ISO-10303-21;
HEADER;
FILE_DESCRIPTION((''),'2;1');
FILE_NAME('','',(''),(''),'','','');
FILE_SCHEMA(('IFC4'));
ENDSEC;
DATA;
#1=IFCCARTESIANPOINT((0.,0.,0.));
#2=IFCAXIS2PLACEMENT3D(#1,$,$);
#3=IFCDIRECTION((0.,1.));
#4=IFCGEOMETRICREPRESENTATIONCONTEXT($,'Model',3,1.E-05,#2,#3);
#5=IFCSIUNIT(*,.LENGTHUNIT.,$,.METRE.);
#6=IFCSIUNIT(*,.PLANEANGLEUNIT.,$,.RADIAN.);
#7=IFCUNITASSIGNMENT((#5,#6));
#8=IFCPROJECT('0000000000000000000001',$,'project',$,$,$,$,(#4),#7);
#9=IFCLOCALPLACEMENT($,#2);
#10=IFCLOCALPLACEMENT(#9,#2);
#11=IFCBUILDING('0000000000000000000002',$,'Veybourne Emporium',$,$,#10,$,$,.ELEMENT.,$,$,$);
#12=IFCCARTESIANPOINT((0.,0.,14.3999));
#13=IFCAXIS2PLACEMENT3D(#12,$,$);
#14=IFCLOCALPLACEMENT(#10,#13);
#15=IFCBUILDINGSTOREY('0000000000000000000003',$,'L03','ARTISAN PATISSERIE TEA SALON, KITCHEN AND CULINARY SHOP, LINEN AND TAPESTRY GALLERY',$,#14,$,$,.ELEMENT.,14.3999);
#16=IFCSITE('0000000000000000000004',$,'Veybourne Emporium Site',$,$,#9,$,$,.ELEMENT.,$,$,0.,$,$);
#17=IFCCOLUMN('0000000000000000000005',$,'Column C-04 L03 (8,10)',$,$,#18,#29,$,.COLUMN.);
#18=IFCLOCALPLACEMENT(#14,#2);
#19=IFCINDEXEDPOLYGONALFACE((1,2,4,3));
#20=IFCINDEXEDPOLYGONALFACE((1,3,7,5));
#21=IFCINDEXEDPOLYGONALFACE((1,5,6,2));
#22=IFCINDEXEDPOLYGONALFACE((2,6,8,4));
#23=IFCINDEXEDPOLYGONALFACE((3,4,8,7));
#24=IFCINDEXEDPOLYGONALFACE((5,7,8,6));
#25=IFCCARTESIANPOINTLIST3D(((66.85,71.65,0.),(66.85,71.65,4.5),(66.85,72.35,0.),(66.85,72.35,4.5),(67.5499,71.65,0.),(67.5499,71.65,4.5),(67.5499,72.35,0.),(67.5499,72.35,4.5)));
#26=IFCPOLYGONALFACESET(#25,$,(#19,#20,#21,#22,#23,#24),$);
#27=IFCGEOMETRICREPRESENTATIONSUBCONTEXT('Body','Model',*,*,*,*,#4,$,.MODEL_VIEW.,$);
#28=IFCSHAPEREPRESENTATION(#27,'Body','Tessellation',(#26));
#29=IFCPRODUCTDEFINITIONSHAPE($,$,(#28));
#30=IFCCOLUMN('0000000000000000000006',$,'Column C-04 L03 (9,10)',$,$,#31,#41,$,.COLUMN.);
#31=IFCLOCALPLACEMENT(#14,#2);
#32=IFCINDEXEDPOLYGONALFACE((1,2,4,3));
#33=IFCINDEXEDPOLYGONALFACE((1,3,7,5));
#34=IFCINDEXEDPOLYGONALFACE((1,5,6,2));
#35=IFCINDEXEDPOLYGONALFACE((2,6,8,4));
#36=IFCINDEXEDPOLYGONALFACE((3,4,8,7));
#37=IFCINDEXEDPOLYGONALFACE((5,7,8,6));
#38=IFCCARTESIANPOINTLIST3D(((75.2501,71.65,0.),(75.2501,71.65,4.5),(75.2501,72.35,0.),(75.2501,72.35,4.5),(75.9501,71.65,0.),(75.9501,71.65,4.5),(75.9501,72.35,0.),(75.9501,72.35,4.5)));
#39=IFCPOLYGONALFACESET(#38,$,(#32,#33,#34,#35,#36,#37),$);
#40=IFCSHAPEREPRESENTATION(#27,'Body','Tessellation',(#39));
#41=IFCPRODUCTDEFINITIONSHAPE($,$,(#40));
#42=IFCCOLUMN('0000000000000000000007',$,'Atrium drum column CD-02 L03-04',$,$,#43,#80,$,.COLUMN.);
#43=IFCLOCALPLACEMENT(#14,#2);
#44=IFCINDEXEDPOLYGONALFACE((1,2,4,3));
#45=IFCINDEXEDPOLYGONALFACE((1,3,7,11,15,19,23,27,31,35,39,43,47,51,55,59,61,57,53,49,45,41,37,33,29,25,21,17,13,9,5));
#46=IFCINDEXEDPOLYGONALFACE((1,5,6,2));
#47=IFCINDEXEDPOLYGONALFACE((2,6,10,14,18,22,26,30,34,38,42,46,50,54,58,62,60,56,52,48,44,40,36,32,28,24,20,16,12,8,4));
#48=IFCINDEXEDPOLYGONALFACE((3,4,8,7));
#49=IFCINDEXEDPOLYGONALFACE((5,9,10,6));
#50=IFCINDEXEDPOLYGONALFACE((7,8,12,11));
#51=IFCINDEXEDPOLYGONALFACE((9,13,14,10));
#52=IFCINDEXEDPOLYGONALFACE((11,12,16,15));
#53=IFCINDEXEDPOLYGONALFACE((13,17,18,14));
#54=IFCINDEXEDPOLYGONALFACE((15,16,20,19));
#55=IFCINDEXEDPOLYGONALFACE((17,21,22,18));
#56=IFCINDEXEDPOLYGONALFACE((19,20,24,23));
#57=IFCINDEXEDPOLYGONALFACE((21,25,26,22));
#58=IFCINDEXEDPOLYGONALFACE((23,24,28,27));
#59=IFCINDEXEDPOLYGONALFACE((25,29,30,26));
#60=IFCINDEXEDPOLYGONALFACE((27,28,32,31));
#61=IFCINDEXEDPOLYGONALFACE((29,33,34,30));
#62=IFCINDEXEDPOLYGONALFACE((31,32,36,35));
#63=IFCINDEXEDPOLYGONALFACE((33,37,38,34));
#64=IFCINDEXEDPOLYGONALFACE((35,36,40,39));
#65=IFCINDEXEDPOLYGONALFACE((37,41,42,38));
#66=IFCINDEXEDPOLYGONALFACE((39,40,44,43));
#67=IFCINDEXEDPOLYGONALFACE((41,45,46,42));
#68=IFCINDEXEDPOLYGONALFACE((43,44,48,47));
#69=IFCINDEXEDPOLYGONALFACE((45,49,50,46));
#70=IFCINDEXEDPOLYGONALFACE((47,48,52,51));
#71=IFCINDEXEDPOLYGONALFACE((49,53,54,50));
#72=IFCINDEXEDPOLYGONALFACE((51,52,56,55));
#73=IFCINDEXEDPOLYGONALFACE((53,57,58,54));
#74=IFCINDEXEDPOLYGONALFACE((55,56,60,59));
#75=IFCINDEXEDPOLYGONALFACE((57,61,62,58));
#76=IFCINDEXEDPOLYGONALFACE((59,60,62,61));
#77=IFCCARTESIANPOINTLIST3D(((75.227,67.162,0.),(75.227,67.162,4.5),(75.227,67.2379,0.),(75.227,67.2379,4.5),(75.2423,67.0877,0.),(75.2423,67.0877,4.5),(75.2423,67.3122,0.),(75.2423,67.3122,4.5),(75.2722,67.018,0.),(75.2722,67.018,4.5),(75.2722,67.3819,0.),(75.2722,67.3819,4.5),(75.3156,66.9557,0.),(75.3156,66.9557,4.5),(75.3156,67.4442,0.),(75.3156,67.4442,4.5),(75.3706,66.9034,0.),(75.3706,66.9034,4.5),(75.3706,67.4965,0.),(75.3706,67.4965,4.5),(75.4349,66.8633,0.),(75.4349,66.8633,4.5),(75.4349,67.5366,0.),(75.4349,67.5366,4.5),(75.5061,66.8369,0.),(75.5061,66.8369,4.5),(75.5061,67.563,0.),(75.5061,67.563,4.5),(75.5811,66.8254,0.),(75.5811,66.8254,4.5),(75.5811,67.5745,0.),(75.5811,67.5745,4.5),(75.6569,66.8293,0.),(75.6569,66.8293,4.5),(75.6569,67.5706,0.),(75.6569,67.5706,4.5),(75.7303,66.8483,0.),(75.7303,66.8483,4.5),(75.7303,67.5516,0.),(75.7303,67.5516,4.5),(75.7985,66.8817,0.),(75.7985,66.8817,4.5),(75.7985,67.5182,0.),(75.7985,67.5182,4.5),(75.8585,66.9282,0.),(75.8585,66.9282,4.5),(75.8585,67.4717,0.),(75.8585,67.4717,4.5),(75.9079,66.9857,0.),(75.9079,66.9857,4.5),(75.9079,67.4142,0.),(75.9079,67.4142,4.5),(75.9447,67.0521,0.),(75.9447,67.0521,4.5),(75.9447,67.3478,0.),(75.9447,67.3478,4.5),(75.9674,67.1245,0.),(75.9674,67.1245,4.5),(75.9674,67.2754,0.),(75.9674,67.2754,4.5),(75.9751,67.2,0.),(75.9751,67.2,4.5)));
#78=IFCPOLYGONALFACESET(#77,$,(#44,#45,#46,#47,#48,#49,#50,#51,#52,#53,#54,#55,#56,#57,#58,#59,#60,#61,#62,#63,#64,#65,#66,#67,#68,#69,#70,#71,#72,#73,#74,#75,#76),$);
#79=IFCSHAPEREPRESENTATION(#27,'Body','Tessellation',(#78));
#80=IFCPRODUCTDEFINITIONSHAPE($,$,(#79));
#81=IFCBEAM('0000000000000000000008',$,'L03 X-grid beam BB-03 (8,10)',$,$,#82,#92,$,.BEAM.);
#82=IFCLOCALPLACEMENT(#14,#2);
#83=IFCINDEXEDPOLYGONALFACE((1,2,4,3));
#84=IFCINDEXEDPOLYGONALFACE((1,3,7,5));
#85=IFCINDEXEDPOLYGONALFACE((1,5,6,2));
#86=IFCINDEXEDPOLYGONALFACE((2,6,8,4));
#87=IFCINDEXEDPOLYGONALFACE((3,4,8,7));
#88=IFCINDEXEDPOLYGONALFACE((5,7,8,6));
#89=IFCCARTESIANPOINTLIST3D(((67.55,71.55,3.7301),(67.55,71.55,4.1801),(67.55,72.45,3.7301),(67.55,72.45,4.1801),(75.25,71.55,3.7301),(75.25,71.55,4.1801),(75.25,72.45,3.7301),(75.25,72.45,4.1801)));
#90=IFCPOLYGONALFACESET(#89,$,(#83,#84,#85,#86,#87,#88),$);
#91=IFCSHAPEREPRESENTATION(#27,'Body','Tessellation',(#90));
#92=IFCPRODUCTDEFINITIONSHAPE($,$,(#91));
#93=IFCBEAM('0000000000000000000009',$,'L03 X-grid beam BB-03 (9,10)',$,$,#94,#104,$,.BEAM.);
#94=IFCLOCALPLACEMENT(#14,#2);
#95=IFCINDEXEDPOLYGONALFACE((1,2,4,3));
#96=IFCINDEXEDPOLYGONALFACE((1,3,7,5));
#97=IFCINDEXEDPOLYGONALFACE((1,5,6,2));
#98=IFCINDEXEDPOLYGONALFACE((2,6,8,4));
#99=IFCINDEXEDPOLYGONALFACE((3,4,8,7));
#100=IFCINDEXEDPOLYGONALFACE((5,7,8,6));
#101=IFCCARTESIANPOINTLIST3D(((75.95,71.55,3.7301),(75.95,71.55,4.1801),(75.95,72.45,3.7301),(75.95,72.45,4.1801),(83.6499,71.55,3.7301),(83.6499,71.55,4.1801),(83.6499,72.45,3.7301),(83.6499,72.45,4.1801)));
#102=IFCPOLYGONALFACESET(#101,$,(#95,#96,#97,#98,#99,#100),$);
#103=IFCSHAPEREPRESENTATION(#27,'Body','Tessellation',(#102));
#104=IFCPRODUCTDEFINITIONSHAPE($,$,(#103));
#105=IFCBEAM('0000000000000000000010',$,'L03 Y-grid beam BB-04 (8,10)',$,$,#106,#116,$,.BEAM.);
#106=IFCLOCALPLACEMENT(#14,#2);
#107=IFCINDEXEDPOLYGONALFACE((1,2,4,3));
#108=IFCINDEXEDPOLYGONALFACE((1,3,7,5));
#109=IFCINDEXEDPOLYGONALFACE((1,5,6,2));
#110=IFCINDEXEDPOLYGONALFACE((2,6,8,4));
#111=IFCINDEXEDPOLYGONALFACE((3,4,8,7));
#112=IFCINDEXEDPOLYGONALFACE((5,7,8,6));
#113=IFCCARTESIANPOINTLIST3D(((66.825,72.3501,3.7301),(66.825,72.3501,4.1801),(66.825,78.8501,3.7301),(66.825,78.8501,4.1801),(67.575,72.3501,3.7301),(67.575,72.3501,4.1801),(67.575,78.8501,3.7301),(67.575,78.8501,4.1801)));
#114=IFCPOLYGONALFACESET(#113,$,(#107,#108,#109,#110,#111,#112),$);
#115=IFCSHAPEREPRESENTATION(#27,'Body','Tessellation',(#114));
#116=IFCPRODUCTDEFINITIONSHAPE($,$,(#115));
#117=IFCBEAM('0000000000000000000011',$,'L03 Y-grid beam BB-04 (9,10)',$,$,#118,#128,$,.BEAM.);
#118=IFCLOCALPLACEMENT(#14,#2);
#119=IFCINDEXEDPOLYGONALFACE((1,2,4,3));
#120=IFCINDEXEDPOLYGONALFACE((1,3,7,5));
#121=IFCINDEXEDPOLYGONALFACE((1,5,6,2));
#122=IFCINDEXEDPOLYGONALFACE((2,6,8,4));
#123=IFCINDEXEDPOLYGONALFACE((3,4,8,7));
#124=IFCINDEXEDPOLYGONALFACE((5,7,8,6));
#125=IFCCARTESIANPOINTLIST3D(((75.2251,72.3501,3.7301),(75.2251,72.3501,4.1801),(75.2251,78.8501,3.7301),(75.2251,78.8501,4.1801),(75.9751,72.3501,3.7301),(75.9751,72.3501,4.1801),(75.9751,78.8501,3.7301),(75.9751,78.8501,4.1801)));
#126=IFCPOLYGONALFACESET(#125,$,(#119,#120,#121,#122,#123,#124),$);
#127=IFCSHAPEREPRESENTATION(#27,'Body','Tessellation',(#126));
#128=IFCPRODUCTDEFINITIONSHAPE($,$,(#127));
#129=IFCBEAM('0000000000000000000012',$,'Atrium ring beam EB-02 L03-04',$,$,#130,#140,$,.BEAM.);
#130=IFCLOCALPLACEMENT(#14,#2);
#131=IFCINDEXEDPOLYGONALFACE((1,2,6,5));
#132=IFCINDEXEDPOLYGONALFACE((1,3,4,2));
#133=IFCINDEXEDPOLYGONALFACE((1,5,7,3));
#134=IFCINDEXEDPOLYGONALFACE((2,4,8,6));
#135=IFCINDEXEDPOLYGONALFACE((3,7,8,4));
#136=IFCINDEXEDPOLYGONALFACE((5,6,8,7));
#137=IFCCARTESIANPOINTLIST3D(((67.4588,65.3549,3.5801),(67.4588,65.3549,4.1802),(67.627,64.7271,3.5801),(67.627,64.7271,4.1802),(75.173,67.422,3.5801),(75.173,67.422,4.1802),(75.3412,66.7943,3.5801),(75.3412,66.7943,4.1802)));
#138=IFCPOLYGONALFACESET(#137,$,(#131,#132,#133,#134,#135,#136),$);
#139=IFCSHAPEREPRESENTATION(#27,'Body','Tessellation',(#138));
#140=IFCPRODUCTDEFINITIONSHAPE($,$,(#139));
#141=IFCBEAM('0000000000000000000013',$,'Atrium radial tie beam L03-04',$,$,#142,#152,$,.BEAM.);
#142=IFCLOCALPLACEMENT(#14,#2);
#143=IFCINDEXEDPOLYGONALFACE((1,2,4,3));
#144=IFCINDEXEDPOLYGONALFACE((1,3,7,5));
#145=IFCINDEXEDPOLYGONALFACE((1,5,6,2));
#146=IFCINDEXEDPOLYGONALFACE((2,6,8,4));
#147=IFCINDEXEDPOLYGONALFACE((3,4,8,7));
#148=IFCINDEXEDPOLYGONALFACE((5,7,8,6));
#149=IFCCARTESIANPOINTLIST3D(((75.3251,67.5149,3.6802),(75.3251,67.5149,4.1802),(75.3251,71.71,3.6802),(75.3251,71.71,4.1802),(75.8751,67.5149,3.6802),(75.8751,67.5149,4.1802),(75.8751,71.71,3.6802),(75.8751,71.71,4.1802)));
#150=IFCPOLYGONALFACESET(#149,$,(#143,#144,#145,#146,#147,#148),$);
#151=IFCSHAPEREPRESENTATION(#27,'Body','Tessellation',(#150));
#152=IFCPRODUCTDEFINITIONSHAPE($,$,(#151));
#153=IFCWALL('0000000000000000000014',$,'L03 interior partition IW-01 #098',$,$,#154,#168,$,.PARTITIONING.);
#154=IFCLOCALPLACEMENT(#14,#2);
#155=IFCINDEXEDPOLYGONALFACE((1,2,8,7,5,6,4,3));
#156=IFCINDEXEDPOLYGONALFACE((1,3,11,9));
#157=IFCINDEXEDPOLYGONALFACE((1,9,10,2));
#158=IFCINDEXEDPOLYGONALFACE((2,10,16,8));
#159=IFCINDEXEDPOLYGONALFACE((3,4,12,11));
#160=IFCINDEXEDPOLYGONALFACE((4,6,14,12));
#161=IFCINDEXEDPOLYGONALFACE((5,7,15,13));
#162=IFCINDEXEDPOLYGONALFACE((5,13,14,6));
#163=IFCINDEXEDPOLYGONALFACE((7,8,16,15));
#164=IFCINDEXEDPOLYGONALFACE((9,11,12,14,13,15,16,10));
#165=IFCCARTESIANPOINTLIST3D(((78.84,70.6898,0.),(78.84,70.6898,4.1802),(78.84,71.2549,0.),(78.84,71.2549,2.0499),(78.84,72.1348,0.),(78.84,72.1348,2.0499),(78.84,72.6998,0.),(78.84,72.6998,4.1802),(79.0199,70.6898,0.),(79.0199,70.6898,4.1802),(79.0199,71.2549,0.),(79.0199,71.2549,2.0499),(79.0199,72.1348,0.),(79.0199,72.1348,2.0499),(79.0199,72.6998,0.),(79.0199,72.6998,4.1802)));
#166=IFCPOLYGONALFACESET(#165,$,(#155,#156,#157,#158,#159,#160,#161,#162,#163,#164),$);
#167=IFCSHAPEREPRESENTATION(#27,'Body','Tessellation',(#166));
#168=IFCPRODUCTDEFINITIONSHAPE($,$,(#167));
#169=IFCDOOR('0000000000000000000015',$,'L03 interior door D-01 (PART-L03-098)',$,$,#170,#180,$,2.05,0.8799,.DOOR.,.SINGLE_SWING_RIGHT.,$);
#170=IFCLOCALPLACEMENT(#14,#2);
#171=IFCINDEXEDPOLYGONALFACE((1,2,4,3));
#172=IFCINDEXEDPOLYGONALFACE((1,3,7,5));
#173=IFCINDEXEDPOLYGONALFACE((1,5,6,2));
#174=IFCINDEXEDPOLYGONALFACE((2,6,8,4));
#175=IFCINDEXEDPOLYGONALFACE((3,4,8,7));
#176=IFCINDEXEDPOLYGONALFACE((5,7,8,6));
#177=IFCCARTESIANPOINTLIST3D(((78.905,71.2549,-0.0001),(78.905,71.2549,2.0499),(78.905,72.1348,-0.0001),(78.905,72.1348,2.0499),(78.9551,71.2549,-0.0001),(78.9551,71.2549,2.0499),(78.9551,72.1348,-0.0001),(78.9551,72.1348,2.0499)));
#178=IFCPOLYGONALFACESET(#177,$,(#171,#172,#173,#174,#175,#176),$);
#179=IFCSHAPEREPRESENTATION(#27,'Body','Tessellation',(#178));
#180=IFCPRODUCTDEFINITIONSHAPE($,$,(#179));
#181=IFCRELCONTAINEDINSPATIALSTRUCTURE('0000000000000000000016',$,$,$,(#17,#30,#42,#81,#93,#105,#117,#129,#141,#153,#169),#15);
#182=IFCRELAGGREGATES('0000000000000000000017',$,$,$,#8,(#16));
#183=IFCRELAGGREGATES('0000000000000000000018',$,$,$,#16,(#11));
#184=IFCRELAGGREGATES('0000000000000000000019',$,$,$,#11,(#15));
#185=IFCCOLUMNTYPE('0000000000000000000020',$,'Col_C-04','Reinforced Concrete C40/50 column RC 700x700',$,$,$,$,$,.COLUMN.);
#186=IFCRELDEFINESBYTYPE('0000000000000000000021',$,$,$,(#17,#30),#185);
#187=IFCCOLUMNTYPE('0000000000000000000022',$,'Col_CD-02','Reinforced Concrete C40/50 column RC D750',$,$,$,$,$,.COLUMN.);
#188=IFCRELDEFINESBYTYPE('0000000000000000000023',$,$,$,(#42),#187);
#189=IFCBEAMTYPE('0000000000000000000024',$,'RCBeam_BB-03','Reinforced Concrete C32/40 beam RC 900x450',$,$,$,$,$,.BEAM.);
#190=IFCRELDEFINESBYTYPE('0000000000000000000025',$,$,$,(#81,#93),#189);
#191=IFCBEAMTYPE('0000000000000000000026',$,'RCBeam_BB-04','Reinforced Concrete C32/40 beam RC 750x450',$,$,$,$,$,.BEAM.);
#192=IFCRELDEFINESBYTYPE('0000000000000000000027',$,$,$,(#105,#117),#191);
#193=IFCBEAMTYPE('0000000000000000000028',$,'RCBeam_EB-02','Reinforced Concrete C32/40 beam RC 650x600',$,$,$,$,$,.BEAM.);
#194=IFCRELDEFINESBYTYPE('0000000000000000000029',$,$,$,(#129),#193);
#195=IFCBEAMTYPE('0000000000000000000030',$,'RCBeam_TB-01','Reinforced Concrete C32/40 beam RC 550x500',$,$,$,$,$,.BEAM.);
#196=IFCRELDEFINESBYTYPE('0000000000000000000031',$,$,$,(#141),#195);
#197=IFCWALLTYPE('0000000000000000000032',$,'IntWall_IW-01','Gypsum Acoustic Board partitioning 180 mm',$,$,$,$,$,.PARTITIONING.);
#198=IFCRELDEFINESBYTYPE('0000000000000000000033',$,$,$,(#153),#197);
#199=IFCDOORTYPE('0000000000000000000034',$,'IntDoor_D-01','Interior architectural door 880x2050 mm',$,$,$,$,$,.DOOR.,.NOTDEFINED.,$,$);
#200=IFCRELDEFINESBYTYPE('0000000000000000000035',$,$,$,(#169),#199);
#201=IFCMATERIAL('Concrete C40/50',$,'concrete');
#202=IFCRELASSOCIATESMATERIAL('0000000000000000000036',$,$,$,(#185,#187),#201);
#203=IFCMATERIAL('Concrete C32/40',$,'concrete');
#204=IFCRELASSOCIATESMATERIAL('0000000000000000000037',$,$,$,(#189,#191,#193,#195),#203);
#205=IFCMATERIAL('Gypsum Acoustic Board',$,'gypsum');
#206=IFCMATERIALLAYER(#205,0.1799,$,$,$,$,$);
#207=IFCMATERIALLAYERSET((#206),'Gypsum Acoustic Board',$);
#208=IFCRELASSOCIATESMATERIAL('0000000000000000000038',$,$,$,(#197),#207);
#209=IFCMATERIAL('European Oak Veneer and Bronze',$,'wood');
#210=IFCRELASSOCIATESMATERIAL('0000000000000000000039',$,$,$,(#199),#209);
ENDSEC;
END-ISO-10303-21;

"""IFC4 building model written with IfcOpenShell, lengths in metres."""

from ifc_helpers import new_model, si_unit, direction, frame, frame_2d, origin, origin_2d, place, context, subcontext, project, spatial, rectangle, circle, extrude, material, layer, layer_set, material_profile, profile_set, type_object, element, fill, save


model = new_model("IFC4")

# Units and contexts
model_context = context("Model", 3, precision=1e-05, world=origin(), true_north=direction((0.0, 1.0)))
body_context = subcontext(model_context, "Body", "Model", "MODEL_VIEW")
ifc_project = project(units=[si_unit("LENGTHUNIT", "METRE"), si_unit("PLANEANGLEUNIT", "RADIAN")], contexts=[model_context])

# Site, building, storey
site_placement = place(None, origin())
site = spatial("IfcSite", under=ifc_project, at=site_placement, Name="Veybourne Emporium Site", CompositionType="ELEMENT", RefElevation=0.0)
building_placement = place(site_placement, origin())
building = spatial("IfcBuilding", under=site, at=building_placement, Name="Veybourne Emporium", CompositionType="ELEMENT")
storey_placement = place(building_placement, frame((0.0, 0.0, 14.3999)))
storey = spatial("IfcBuildingStorey", under=building, at=storey_placement, Name="L03", Description="ARTISAN PATISSERIE TEA SALON, KITCHEN AND CULINARY SHOP, LINEN AND TAPESTRY GALLERY", CompositionType="ELEMENT", Elevation=14.3999)

# Columns
ifc_material_1 = material(Name="Concrete C40/50", Category="concrete")
ifc_material_profile_1 = material_profile(ifc_material_1, rectangle(XDim=0.7, YDim=0.7, at=origin_2d()), Name="RC 700x700")
ifc_profile_set_1 = profile_set([ifc_material_profile_1], Name="Concrete C40/50")
column_type_1 = type_object("IfcColumnType", Name="Col_C-04", Description="Reinforced Concrete C40/50 column RC 700x700", PredefinedType="COLUMN", material=ifc_profile_set_1)
for number, where, z_axis, x_axis, name in (
    (1, (67.2, 72.0, 0.0), (0.0, 0.0, 1.0), (1.0, 0.0, 0.0), "Column C-04 L03 (8,10)"),
    (2, (75.6001, 72.0, 0.0), (0.0, 0.0, 1.0), (1.0, 0.0, 0.0), "Column C-04 L03 (9,10)"),
):
    element("IfcColumn", number, at=place(storey_placement, frame(where, z_axis=z_axis, x_axis=x_axis)), inside=storey, type_object=column_type_1, Name=name, PredefinedType="COLUMN", context=body_context, shape_type="SweptSolid", body=[
        extrude(rectangle(XDim=0.7, YDim=0.7, at=origin_2d()), origin(), (0.0, 0.0, 1.0), 4.5),
    ])
ifc_material_profile_2 = material_profile(ifc_material_1, circle(Radius=0.375, at=origin_2d()), Name="RC D750")
ifc_profile_set_2 = profile_set([ifc_material_profile_2], Name="Concrete C40/50")
column_type_2 = type_object("IfcColumnType", Name="Col_CD-02", Description="Reinforced Concrete C40/50 column RC D750", PredefinedType="COLUMN", material=ifc_profile_set_2)
column_placement = place(storey_placement, frame((75.6001, 67.2, 0.0), z_axis=(0.0, 0.0, 1.0), x_axis=(1.0, 0.0, 0.0)))
element("IfcColumn", 3, at=column_placement, inside=storey, type_object=column_type_2, Name="Atrium drum column CD-02 L03-04", PredefinedType="COLUMN", context=body_context, shape_type="SweptSolid", body=[
    extrude(circle(Radius=0.375, at=origin_2d()), origin(), (0.0, 0.0, 1.0), 4.5),
])

# Beams
ifc_material_2 = material(Name="Concrete C32/40", Category="concrete")
ifc_material_profile_3 = material_profile(ifc_material_2, rectangle(XDim=0.8999, YDim=0.45, at=origin_2d()), Name="RC 900x450")
ifc_profile_set_3 = profile_set([ifc_material_profile_3], Name="Concrete C32/40")
beam_type_1 = type_object("IfcBeamType", Name="RCBeam_BB-03", Description="Reinforced Concrete C32/40 beam RC 900x450", PredefinedType="BEAM", material=ifc_profile_set_3)
for number, where, z_axis, x_axis, name in (
    (4, (67.55, 72.0, 3.9551), (1.0, 0.0, 0.0), (0.0, 1.0, 0.0), "L03 X-grid beam BB-03 (8,10)"),
    (5, (75.95, 72.0, 3.9551), (1.0, 0.0, 0.0), (0.0, 1.0, 0.0), "L03 X-grid beam BB-03 (9,10)"),
):
    element("IfcBeam", number, at=place(storey_placement, frame(where, z_axis=z_axis, x_axis=x_axis)), inside=storey, type_object=beam_type_1, Name=name, PredefinedType="BEAM", context=body_context, shape_type="SweptSolid", body=[
        extrude(rectangle(XDim=0.8999, YDim=0.45, at=origin_2d()), origin(), (0.0, 0.0, 1.0), 7.7),
    ])
ifc_material_profile_4 = material_profile(ifc_material_2, rectangle(XDim=0.75, YDim=0.45, at=origin_2d()), Name="RC 750x450")
ifc_profile_set_4 = profile_set([ifc_material_profile_4], Name="Concrete C32/40")
beam_type_2 = type_object("IfcBeamType", Name="RCBeam_BB-04", Description="Reinforced Concrete C32/40 beam RC 750x450", PredefinedType="BEAM", material=ifc_profile_set_4)
for number, where, z_axis, x_axis, name in (
    (6, (67.2, 72.3501, 3.9551), (0.0, 1.0, 0.0), (-1.0, 0.0, 0.0), "L03 Y-grid beam BB-04 (8,10)"),
    (7, (75.6001, 72.3501, 3.9551), (0.0, 1.0, 0.0), (-1.0, 0.0, 0.0), "L03 Y-grid beam BB-04 (9,10)"),
):
    element("IfcBeam", number, at=place(storey_placement, frame(where, z_axis=z_axis, x_axis=x_axis)), inside=storey, type_object=beam_type_2, Name=name, PredefinedType="BEAM", context=body_context, shape_type="SweptSolid", body=[
        extrude(rectangle(XDim=0.75, YDim=0.45, at=origin_2d()), origin(), (0.0, 0.0, 1.0), 6.5),
    ])
ifc_material_profile_5 = material_profile(ifc_material_2, rectangle(XDim=0.6499, YDim=0.6001, at=origin_2d()), Name="RC 650x600")
ifc_profile_set_5 = profile_set([ifc_material_profile_5], Name="Concrete C32/40")
beam_type_3 = type_object("IfcBeamType", Name="RCBeam_EB-02", Description="Reinforced Concrete C32/40 beam RC 650x600", PredefinedType="BEAM", material=ifc_profile_set_5)
beam_1_placement = place(storey_placement, frame((75.2571, 67.1082, 3.8801), z_axis=(-0.965921, -0.258836, 0.0), x_axis=(0.258836, -0.965921, 0.0)))
element("IfcBeam", 8, at=beam_1_placement, inside=storey, type_object=beam_type_3, Name="Atrium ring beam EB-02 L03-04", PredefinedType="BEAM", context=body_context, shape_type="SweptSolid", body=[
    extrude(rectangle(XDim=0.6499, YDim=0.6001, at=origin_2d()), origin(), (0.0, 0.0, 1.0), 7.9863),
])
ifc_material_profile_6 = material_profile(ifc_material_2, rectangle(XDim=0.55, YDim=0.5, at=origin_2d()), Name="RC 550x500")
ifc_profile_set_6 = profile_set([ifc_material_profile_6], Name="Concrete C32/40")
beam_type_4 = type_object("IfcBeamType", Name="RCBeam_TB-01", Description="Reinforced Concrete C32/40 beam RC 550x500", PredefinedType="BEAM", material=ifc_profile_set_6)
beam_2_placement = place(storey_placement, frame((75.6001, 67.5149, 3.9302), z_axis=(0.0, 1.0, 0.0), x_axis=(-1.0, 0.0, 0.0)))
element("IfcBeam", 9, at=beam_2_placement, inside=storey, type_object=beam_type_4, Name="Atrium radial tie beam L03-04", PredefinedType="BEAM", context=body_context, shape_type="SweptSolid", body=[
    extrude(rectangle(XDim=0.55, YDim=0.5, at=origin_2d()), origin(), (0.0, 0.0, 1.0), 4.1951),
])

# Wall, opening, door
ifc_material_3 = material(Name="Gypsum Acoustic Board", Category="gypsum")
ifc_layer_1 = layer(ifc_material_3, 0.1799)
ifc_layer_set_1 = layer_set([ifc_layer_1], Name="Gypsum Acoustic Board")
wall_type_1 = type_object("IfcWallType", Name="IntWall_IW-01", Description="Gypsum Acoustic Board partitioning 180 mm", PredefinedType="PARTITIONING", material=ifc_layer_set_1)
wall_1_placement = place(storey_placement, frame((78.9299, 70.6899, 0.0), z_axis=(0.0, 0.0, 1.0), x_axis=(0.0, 1.0, 0.0)))
wall_1 = element("IfcWall", 10, at=wall_1_placement, inside=storey, type_object=wall_type_1, Name="L03 interior partition IW-01 #098", PredefinedType="PARTITIONING", context=body_context, shape_type="SweptSolid", body=[
    extrude(rectangle(XDim=2.01, YDim=0.1799, at=frame_2d((1.0049, 0.0))), origin(), (0.0, 0.0, 1.0), 4.1802),
])
opening_1_placement = place(wall_1_placement, frame((0.5649, 0.0, 0.0)))
opening_1 = element("IfcOpeningElement", 11, at=opening_1_placement, cuts=wall_1, PredefinedType="OPENING", context=body_context, shape_type="SweptSolid", body=[
    extrude(rectangle(XDim=0.8799, YDim=2.05, at=frame_2d((0.4399, 1.0249))), frame((0.0, 0.1099, 0.0), z_axis=(0.0, -1.0, 0.0), x_axis=(1.0, 0.0, 0.0)), (0.0, 0.0, 1.0), 0.22),
])
ifc_material_4 = material(Name="European Oak Veneer and Bronze", Category="wood")
door_type_1 = type_object("IfcDoorType", Name="IntDoor_D-01", Description="Interior architectural door 880x2050 mm", OperationType="NOTDEFINED", PredefinedType="DOOR", material=ifc_material_4)
door_1_placement = place(opening_1_placement, origin())
door_1 = element("IfcDoor", 12, at=door_1_placement, inside=storey, type_object=door_type_1, Name="L03 interior door D-01 (PART-L03-098)", OperationType="SINGLE_SWING_RIGHT", OverallHeight=2.05, OverallWidth=0.8799, PredefinedType="DOOR", context=body_context, shape_type="SweptSolid", body=[
    extrude(rectangle(XDim=0.8799, YDim=2.05, at=frame_2d((0.4399, 1.0249))), frame((0.0, 0.0249, 0.0), z_axis=(0.0, -1.0, 0.0), x_axis=(1.0, 0.0, 0.0)), (0.0, 0.0, 1.0), 0.05),
])
fill(opening_1, door_1)

save(model, "model.ifc")
